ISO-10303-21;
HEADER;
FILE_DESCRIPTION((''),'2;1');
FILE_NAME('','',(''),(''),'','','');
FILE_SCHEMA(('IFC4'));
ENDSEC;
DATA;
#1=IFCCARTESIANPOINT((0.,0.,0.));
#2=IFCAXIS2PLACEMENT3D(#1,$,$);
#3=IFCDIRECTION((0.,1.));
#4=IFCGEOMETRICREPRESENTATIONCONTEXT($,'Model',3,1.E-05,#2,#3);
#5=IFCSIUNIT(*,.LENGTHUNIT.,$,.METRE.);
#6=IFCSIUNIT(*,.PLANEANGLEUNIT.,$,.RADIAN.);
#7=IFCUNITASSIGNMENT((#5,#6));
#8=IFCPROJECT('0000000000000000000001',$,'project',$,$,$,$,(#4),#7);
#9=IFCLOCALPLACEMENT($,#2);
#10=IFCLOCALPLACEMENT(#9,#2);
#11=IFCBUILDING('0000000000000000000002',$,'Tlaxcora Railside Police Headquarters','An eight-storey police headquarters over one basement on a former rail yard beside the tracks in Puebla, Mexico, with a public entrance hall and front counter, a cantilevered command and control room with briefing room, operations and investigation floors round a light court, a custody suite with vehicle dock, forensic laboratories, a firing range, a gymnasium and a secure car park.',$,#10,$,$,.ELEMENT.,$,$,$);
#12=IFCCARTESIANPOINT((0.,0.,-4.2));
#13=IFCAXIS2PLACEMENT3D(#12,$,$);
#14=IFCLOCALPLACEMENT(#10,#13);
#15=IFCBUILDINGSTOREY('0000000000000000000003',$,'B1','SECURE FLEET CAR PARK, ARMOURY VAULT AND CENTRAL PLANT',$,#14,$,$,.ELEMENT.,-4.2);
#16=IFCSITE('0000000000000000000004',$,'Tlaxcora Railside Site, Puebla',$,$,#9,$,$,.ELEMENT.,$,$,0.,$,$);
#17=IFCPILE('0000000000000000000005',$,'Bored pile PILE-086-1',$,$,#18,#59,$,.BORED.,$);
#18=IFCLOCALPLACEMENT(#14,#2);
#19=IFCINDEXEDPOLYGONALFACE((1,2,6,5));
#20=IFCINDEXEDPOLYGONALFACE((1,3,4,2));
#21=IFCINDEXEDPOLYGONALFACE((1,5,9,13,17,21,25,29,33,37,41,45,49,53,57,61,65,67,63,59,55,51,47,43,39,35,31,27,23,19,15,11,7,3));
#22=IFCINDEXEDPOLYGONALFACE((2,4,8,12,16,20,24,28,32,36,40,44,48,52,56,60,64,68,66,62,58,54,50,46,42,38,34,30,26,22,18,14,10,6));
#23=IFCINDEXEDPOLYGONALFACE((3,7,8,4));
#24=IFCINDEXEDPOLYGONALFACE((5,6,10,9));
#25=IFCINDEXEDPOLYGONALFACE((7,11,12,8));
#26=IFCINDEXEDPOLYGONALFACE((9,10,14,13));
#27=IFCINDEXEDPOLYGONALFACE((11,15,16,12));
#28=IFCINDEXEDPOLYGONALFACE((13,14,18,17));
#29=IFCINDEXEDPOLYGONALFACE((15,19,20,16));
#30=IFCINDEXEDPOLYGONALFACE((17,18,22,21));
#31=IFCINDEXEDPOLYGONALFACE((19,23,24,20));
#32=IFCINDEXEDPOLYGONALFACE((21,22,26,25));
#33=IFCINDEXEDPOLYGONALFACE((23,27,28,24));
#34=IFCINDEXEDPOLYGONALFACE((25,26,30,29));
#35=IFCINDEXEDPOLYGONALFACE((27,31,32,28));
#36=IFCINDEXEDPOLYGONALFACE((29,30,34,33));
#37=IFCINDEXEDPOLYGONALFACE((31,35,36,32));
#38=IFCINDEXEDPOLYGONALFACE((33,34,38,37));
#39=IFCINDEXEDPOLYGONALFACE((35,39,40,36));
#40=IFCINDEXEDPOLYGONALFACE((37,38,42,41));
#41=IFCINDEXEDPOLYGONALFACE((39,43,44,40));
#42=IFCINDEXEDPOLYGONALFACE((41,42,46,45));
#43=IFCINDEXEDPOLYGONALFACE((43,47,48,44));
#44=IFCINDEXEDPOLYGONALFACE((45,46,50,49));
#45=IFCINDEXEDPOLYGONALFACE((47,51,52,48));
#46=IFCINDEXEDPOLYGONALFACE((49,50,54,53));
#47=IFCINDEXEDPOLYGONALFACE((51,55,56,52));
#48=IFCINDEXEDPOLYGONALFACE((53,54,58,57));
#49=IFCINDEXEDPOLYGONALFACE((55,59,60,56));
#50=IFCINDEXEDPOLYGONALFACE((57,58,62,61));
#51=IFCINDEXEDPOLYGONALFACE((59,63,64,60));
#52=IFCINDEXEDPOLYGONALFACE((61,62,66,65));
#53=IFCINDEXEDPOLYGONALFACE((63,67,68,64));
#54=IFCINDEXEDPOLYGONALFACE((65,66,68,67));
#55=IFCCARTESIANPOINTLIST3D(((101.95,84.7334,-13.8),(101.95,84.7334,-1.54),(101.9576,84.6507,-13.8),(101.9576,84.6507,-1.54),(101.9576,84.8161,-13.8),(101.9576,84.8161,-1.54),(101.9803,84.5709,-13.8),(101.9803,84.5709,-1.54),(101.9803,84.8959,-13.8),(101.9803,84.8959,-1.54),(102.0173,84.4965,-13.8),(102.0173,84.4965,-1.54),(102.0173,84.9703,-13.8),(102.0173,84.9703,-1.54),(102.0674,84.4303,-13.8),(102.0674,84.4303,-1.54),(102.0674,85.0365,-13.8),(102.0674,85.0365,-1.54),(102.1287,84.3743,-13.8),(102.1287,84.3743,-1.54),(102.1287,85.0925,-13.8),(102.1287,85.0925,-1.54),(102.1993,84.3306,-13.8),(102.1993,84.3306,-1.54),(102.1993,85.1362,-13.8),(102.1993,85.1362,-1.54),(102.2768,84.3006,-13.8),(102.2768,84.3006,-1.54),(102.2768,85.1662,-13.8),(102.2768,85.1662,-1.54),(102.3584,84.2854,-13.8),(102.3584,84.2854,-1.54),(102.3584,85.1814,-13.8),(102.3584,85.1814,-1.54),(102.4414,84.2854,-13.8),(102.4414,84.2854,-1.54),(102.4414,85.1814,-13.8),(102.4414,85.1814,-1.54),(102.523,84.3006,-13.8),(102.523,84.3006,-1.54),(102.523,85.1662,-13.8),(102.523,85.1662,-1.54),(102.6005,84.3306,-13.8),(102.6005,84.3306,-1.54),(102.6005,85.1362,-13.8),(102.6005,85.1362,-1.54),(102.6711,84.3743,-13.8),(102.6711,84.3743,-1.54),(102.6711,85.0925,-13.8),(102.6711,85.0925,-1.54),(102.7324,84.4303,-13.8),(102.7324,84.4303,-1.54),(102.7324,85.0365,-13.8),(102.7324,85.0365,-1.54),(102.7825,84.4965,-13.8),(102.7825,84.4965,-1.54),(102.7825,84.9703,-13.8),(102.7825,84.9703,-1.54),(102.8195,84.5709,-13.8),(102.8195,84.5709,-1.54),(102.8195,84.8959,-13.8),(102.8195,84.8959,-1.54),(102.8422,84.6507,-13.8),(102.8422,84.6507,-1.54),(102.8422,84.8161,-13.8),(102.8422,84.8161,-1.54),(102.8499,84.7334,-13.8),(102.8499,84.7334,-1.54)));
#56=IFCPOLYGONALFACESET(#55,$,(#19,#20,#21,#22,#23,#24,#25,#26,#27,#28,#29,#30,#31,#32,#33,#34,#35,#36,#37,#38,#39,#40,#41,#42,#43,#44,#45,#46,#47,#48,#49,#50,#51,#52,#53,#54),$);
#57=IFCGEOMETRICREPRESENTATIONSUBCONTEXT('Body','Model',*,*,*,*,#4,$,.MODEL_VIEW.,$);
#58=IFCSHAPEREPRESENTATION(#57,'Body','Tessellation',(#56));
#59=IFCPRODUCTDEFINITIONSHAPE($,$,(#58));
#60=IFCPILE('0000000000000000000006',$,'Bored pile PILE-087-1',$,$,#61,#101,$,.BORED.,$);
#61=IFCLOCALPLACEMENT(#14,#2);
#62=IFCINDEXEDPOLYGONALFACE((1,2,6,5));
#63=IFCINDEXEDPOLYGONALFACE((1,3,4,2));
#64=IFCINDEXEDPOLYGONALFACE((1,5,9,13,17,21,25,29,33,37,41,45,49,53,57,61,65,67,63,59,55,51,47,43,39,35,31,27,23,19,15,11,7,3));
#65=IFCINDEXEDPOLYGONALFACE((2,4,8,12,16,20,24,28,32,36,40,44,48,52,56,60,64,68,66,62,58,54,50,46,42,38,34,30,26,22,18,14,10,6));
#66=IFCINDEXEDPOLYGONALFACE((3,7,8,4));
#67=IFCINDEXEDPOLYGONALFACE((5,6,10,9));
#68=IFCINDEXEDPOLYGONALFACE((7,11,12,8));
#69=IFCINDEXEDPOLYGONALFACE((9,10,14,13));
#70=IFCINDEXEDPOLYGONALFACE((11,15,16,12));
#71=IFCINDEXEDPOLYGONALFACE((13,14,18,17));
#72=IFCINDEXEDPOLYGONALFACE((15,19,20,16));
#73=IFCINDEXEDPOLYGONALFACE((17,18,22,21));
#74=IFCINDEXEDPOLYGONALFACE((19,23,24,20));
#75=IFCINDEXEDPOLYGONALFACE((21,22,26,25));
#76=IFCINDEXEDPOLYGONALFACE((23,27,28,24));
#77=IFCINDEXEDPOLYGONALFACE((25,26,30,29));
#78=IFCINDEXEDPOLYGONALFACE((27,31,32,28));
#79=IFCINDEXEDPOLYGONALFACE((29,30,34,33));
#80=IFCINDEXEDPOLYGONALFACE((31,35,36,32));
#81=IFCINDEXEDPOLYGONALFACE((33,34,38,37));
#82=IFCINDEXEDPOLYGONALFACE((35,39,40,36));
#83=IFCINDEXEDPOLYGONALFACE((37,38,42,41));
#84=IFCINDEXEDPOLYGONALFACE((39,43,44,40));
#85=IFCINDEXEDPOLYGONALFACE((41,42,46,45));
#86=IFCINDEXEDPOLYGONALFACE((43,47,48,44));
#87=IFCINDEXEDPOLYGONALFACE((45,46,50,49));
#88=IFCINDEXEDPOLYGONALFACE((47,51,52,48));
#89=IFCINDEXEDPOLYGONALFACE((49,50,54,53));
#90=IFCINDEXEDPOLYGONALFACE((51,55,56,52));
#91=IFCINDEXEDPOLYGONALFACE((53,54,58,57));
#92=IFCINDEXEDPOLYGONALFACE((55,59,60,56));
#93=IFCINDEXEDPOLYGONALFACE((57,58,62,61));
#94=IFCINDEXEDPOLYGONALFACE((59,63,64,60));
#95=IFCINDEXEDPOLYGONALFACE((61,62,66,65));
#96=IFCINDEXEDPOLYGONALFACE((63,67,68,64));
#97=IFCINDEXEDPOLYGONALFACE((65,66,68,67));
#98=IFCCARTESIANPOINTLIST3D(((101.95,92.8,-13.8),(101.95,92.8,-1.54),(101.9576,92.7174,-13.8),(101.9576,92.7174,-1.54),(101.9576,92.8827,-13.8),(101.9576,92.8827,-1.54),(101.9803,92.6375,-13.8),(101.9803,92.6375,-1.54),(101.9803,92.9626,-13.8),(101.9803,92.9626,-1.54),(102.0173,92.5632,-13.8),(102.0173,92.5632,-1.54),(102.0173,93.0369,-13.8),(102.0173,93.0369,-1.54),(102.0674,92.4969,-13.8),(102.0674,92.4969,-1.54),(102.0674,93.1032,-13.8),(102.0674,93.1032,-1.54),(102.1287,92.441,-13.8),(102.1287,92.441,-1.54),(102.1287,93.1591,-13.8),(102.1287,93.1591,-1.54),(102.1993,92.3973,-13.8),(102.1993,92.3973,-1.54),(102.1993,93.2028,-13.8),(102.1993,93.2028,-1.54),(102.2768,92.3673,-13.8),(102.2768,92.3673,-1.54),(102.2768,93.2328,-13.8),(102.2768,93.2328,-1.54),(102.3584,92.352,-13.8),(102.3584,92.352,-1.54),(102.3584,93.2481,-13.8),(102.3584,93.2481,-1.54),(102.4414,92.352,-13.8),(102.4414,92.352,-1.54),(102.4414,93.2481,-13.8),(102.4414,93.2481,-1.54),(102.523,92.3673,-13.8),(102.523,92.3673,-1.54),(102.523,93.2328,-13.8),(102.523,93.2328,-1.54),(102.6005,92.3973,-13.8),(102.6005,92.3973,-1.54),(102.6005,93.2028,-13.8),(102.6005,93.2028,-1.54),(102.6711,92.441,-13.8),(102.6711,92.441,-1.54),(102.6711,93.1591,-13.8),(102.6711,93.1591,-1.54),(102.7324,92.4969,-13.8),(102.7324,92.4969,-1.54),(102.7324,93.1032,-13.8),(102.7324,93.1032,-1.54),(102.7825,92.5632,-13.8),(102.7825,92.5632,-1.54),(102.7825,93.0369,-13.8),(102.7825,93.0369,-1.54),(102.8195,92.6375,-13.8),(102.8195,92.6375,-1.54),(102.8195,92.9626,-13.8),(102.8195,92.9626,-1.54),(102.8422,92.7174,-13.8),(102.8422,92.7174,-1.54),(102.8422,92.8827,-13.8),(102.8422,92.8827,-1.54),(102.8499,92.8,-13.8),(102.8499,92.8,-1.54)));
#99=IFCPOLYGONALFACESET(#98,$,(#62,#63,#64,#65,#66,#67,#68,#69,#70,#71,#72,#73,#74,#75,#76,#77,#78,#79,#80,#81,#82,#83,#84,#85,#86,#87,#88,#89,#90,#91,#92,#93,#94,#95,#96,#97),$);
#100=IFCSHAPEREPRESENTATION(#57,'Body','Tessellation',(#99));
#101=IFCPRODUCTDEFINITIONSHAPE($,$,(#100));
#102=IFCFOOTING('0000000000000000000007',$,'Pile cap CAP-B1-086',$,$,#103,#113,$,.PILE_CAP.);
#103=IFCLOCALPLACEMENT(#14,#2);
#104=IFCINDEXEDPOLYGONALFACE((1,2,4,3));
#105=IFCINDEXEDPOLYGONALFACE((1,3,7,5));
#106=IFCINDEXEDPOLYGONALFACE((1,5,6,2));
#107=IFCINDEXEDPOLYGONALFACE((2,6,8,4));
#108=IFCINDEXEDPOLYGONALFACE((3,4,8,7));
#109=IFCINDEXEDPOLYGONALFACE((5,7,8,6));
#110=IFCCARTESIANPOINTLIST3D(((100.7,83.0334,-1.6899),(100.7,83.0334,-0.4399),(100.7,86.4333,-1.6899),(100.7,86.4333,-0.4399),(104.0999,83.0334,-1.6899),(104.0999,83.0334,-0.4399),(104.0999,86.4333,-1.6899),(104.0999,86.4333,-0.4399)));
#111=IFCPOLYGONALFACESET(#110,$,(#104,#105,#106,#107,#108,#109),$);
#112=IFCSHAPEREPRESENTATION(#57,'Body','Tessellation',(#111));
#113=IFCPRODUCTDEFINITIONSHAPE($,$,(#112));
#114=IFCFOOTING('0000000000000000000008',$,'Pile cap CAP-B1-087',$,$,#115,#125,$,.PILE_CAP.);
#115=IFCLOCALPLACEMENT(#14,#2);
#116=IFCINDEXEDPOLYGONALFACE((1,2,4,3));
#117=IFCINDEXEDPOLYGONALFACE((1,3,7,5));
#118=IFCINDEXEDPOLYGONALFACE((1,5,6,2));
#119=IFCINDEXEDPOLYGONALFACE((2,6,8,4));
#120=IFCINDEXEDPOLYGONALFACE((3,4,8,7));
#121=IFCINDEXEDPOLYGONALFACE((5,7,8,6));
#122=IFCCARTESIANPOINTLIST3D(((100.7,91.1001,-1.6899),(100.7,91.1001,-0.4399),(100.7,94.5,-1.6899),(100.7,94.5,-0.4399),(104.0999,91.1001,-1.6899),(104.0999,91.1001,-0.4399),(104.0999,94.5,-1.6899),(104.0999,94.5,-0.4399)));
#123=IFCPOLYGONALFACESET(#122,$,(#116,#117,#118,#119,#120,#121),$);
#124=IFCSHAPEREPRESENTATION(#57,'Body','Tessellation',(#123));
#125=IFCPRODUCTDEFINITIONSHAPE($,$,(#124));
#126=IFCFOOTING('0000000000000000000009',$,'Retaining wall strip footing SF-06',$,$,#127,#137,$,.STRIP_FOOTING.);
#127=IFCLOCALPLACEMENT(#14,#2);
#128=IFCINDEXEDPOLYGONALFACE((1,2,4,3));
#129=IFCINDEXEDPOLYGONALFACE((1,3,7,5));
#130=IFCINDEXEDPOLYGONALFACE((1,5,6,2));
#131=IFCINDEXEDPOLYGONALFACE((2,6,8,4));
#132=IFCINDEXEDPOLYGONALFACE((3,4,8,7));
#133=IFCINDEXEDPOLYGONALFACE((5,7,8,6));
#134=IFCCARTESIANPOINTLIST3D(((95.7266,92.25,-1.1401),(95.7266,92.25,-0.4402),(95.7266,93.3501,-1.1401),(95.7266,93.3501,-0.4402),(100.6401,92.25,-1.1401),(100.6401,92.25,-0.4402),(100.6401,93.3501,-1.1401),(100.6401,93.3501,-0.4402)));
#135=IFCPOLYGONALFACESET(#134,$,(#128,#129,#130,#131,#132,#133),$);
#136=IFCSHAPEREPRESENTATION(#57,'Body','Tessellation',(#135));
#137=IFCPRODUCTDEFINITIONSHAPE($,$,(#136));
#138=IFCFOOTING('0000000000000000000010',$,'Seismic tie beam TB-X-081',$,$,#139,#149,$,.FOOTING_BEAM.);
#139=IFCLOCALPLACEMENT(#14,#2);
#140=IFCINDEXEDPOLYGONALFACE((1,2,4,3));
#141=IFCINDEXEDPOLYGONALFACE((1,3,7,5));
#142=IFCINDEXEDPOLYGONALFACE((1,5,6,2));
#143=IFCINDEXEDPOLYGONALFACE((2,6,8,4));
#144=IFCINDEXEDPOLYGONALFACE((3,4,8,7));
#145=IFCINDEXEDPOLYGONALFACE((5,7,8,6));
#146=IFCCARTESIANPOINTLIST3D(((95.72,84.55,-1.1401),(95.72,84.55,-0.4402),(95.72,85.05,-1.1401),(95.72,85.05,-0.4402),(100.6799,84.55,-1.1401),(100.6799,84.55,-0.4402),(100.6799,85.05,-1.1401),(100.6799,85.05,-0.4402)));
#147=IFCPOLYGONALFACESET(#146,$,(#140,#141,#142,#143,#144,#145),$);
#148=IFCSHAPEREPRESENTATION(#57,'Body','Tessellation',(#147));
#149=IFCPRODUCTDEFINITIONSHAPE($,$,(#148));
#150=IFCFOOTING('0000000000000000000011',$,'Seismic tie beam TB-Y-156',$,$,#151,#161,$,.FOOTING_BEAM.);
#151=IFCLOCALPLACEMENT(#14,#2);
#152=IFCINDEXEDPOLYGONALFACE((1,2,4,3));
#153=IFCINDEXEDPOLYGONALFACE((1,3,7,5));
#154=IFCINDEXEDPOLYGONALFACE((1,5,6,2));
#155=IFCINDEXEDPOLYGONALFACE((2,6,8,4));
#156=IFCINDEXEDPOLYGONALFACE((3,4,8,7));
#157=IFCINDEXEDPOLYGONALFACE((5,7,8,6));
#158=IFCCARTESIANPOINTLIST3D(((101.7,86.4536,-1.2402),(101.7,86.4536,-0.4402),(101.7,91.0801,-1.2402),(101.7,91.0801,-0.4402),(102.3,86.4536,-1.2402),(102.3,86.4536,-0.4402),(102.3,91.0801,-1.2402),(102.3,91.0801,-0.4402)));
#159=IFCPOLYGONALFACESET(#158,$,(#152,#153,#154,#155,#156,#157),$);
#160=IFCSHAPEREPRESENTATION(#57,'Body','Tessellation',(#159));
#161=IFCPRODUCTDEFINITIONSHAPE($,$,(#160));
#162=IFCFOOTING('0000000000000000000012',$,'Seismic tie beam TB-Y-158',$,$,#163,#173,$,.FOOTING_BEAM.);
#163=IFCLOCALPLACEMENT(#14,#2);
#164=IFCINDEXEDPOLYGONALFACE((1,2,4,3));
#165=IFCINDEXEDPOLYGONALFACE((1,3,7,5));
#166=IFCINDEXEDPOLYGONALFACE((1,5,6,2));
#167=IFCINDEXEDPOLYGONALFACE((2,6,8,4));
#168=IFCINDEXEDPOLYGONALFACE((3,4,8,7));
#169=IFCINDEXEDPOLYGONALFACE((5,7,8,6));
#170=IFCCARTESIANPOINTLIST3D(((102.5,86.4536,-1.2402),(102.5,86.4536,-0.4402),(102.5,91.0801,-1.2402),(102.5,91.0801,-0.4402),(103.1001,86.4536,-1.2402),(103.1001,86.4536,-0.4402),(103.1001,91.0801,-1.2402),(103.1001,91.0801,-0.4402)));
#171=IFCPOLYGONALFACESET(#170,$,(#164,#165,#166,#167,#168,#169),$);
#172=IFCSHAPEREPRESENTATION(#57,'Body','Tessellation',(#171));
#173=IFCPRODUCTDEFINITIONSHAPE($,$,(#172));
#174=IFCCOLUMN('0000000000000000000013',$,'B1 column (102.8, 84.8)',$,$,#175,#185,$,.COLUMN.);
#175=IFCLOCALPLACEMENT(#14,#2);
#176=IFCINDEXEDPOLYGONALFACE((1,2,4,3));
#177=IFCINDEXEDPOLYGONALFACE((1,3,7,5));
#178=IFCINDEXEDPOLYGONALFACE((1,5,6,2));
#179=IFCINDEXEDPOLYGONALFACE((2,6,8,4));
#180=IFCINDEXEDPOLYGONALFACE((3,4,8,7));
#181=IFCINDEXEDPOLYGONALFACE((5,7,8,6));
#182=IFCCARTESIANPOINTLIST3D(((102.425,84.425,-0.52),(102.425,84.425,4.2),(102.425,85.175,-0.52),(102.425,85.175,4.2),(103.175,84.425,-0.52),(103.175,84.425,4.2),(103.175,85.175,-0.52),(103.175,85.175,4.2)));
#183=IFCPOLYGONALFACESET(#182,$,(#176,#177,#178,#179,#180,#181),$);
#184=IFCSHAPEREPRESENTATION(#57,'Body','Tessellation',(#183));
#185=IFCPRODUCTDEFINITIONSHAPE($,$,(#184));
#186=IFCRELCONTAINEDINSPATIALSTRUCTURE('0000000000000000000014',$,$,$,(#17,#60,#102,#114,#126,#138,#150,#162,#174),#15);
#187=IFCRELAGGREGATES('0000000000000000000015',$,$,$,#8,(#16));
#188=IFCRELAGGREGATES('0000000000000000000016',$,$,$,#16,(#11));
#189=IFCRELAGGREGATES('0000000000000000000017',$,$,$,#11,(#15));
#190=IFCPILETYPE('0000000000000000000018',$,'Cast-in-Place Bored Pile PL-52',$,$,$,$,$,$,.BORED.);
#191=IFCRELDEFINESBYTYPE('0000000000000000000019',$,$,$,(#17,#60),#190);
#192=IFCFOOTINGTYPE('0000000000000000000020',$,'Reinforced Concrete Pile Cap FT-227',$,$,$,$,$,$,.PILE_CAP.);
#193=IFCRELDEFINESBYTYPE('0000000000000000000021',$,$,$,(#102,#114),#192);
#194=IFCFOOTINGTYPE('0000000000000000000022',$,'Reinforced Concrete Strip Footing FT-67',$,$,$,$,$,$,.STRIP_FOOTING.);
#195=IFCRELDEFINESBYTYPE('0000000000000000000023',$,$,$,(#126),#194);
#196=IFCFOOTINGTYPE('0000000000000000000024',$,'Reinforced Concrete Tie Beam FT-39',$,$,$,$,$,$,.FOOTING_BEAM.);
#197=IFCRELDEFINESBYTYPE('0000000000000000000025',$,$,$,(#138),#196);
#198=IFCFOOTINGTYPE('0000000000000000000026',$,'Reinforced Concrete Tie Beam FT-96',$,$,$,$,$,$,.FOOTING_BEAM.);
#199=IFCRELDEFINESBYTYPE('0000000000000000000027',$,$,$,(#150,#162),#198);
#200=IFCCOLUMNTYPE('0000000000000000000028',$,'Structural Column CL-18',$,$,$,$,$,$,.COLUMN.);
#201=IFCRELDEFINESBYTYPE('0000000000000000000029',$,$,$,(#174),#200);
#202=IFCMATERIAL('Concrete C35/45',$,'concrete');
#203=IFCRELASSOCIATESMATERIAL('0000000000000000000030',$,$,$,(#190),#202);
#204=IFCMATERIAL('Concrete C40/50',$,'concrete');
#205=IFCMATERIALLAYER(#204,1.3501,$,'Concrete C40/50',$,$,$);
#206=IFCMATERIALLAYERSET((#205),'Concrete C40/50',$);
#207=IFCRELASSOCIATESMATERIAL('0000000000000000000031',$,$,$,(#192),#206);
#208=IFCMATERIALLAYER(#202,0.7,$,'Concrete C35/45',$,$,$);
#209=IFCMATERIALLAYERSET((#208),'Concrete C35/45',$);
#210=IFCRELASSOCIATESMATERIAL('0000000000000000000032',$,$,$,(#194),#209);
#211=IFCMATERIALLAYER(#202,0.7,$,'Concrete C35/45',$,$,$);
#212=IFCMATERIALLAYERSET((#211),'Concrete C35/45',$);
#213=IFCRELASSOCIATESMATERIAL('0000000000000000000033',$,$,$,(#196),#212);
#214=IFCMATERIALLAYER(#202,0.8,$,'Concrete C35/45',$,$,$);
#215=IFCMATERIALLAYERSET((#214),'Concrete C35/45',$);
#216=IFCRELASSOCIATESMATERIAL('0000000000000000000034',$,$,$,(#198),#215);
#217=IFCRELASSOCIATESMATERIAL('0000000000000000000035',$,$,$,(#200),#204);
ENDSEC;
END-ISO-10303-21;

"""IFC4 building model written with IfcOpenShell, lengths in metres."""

from ifc_helpers import new_model, si_unit, direction, frame, origin, origin_2d, place, context, subcontext, project, spatial, rectangle, circle, extrude, material, layer, layer_set, material_profile, profile_set, type_object, element, save


model = new_model("IFC4")

# Units and contexts
model_context = context("Model", 3, precision=1e-05, world=origin(), true_north=direction((0.0, 1.0)))
body_context = subcontext(model_context, "Body", "Model", "MODEL_VIEW")
ifc_project = project(units=[si_unit("LENGTHUNIT", "METRE"), si_unit("PLANEANGLEUNIT", "RADIAN")], contexts=[model_context])

# Site, building, storey
site_placement = place(None, origin())
site = spatial("IfcSite", under=ifc_project, at=site_placement, Name="Tlaxcora Railside Site, Puebla", CompositionType="ELEMENT", RefElevation=0.0)
building_placement = place(site_placement, origin())
building = spatial("IfcBuilding", under=site, at=building_placement, Name="Tlaxcora Railside Police Headquarters", Description="An eight-storey police headquarters over one basement on a former rail yard beside the tracks in Puebla, Mexico, with a public entrance hall and front counter, a cantilevered command and control room with briefing room, operations and investigation floors round a light court, a custody suite with vehicle dock, forensic laboratories, a firing range, a gymnasium and a secure car park.", CompositionType="ELEMENT")
storey_placement = place(building_placement, frame((0.0, 0.0, -4.2)))
storey = spatial("IfcBuildingStorey", under=building, at=storey_placement, Name="B1", Description="SECURE FLEET CAR PARK, ARMOURY VAULT AND CENTRAL PLANT", CompositionType="ELEMENT", Elevation=-4.2)

# Piles
ifc_material_1 = material(Name="Concrete C35/45", Category="concrete")
ifc_material_profile_1 = material_profile(ifc_material_1, circle(Radius=0.45, at=origin_2d()), Name="PILE900")
ifc_profile_set_1 = profile_set([ifc_material_profile_1], Name="Concrete C35/45")
pile_type = type_object("IfcPileType", Name="Cast-in-Place Bored Pile PL-52", PredefinedType="BORED", material=ifc_profile_set_1)
for number, where, z_axis, x_axis, name in (
    (1, (102.3999, 84.7334, -1.54), (0.0, 0.0, -1.0), (1.0, 0.0, 0.0), "Bored pile PILE-086-1"),
    (2, (102.3999, 92.8, -1.54), (0.0, 0.0, -1.0), (1.0, 0.0, 0.0), "Bored pile PILE-087-1"),
):
    element("IfcPile", number, at=place(storey_placement, frame(where, z_axis=z_axis, x_axis=x_axis)), inside=storey, type_object=pile_type, Name=name, PredefinedType="BORED", context=body_context, shape_type="SweptSolid", body=[
        extrude(circle(Radius=0.45, at=origin_2d()), origin(), (0.0, 0.0, 1.0), 12.26),
    ])

# Footings
ifc_material_2 = material(Name="Concrete C40/50", Category="concrete")
ifc_layer_1 = layer(ifc_material_2, 1.3501, Name="Concrete C40/50")
ifc_layer_set_1 = layer_set([ifc_layer_1], Name="Concrete C40/50")
footing_type_1 = type_object("IfcFootingType", Name="Reinforced Concrete Pile Cap FT-227", PredefinedType="PILE_CAP", material=ifc_layer_set_1)
for number, where, z_axis, x_axis, name in (
    (3, (102.3999, 84.7334, -1.6899), (0.0, 0.0, 1.0), (1.0, 0.0, 0.0), "Pile cap CAP-B1-086"),
    (4, (102.3999, 92.8, -1.6899), (0.0, 0.0, 1.0), (1.0, 0.0, 0.0), "Pile cap CAP-B1-087"),
):
    element("IfcFooting", number, at=place(storey_placement, frame(where, z_axis=z_axis, x_axis=x_axis)), inside=storey, type_object=footing_type_1, Name=name, PredefinedType="PILE_CAP", context=body_context, shape_type="SweptSolid", body=[
        extrude(rectangle(XDim=3.3999, YDim=3.3999, at=origin_2d()), origin(), (0.0, 0.0, 1.0), 1.25),
    ])
ifc_layer_2 = layer(ifc_material_1, 0.7, Name="Concrete C35/45")
ifc_layer_set_2 = layer_set([ifc_layer_2], Name="Concrete C35/45")
footing_type_2 = type_object("IfcFootingType", Name="Reinforced Concrete Strip Footing FT-67", PredefinedType="STRIP_FOOTING", material=ifc_layer_set_2)
footing_1_placement = place(storey_placement, frame((98.1833, 92.8, -1.1401), z_axis=(0.0, 0.0, 1.0), x_axis=(1.0, 0.0, 0.0)))
element("IfcFooting", 5, at=footing_1_placement, inside=storey, type_object=footing_type_2, Name="Retaining wall strip footing SF-06", PredefinedType="STRIP_FOOTING", context=body_context, shape_type="SweptSolid", body=[
    extrude(rectangle(XDim=4.9136, YDim=1.1001, at=origin_2d()), origin(), (0.0, 0.0, 1.0), 0.7),
])
ifc_layer_3 = layer(ifc_material_1, 0.7, Name="Concrete C35/45")
ifc_layer_set_3 = layer_set([ifc_layer_3], Name="Concrete C35/45")
footing_type_3 = type_object("IfcFootingType", Name="Reinforced Concrete Tie Beam FT-39", PredefinedType="FOOTING_BEAM", material=ifc_layer_set_3)
footing_2_placement = place(storey_placement, frame((98.2, 84.8, -1.1401), z_axis=(0.0, 0.0, 1.0), x_axis=(1.0, 0.0, 0.0)))
element("IfcFooting", 6, at=footing_2_placement, inside=storey, type_object=footing_type_3, Name="Seismic tie beam TB-X-081", PredefinedType="FOOTING_BEAM", context=body_context, shape_type="SweptSolid", body=[
    extrude(rectangle(XDim=4.96, YDim=0.5, at=origin_2d()), origin(), (0.0, 0.0, 1.0), 0.7),
])
ifc_layer_4 = layer(ifc_material_1, 0.8, Name="Concrete C35/45")
ifc_layer_set_4 = layer_set([ifc_layer_4], Name="Concrete C35/45")
footing_type_4 = type_object("IfcFootingType", Name="Reinforced Concrete Tie Beam FT-96", PredefinedType="FOOTING_BEAM", material=ifc_layer_set_4)
for number, where, z_axis, x_axis, name in (
    (7, (102.0, 88.7668, -1.2402), (0.0, 0.0, 1.0), (0.0, 1.0, 0.0), "Seismic tie beam TB-Y-156"),
    (8, (102.8, 88.7668, -1.2402), (0.0, 0.0, 1.0), (0.0, 1.0, 0.0), "Seismic tie beam TB-Y-158"),
):
    element("IfcFooting", number, at=place(storey_placement, frame(where, z_axis=z_axis, x_axis=x_axis)), inside=storey, type_object=footing_type_4, Name=name, PredefinedType="FOOTING_BEAM", context=body_context, shape_type="SweptSolid", body=[
        extrude(rectangle(XDim=4.6265, YDim=0.6001, at=origin_2d()), origin(), (0.0, 0.0, 1.0), 0.8),
    ])

# Column
ifc_material_profile_2 = material_profile(ifc_material_2, rectangle(XDim=0.75, YDim=0.75, at=origin_2d()), Name="RC750X750")
ifc_profile_set_2 = profile_set([ifc_material_profile_2], Name="Concrete C40/50")
column_type_1 = type_object("IfcColumnType", Name="Structural Column CL-18", PredefinedType="COLUMN", material=ifc_profile_set_2)
column_placement = place(storey_placement, frame((102.8, 84.8, -0.52), z_axis=(0.0, 0.0, 1.0), x_axis=(1.0, 0.0, 0.0)))
element("IfcColumn", 9, at=column_placement, inside=storey, type_object=column_type_1, Name="B1 column (102.8, 84.8)", PredefinedType="COLUMN", context=body_context, shape_type="SweptSolid", body=[
    extrude(rectangle(XDim=0.75, YDim=0.75, at=origin_2d()), origin(), (0.0, 0.0, 1.0), 4.72),
])

save(model, "model.ifc")
